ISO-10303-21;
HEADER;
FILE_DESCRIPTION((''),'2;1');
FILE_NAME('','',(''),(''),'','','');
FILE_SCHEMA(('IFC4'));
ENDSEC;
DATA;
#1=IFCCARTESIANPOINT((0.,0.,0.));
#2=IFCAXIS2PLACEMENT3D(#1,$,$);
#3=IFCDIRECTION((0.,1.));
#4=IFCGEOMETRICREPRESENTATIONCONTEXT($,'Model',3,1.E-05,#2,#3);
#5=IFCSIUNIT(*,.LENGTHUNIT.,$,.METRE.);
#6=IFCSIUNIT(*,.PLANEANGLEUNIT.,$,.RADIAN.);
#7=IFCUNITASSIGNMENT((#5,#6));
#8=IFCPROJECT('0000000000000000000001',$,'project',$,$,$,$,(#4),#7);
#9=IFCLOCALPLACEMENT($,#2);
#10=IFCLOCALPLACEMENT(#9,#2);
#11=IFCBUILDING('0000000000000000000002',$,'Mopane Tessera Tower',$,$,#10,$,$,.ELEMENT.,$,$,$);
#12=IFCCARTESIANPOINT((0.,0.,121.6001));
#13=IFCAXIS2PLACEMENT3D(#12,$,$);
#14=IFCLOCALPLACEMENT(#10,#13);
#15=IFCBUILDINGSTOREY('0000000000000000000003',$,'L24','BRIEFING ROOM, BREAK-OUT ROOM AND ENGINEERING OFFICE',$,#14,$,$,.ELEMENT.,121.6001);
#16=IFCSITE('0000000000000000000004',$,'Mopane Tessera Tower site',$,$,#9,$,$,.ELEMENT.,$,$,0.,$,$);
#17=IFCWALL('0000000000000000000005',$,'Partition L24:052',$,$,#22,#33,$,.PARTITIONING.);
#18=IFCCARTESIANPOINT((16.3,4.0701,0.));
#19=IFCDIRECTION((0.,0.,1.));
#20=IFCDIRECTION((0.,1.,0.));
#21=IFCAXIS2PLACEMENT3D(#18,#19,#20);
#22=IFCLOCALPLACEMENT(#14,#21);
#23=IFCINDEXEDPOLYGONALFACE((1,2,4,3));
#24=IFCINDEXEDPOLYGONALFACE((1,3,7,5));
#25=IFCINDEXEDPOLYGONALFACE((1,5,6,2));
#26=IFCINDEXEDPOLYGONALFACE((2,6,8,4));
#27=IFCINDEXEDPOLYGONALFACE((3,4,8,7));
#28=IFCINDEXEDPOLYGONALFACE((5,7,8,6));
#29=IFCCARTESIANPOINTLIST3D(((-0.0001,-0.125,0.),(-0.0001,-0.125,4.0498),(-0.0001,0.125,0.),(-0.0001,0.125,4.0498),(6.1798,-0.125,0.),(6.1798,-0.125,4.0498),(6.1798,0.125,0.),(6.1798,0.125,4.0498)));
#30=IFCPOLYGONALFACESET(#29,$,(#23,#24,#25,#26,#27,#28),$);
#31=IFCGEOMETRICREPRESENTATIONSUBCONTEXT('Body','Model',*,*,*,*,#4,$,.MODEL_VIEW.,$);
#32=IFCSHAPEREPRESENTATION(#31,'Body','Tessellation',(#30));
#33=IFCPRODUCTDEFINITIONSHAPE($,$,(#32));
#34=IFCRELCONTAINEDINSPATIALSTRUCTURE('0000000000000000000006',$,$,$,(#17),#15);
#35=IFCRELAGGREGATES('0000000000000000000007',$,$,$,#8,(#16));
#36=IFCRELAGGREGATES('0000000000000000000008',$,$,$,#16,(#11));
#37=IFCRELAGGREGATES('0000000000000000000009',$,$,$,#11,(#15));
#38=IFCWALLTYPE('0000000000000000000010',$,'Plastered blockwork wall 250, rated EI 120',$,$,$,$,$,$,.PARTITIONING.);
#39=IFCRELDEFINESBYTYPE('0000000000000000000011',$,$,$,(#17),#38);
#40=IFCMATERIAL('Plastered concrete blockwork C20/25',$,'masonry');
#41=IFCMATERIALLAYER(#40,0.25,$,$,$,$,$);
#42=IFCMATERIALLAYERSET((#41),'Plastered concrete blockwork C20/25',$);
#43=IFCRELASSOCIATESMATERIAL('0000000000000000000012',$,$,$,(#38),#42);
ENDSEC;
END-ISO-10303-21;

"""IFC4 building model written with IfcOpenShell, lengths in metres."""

from ifc_helpers import new_model, si_unit, direction, frame, frame_2d, origin, place, context, subcontext, project, spatial, rectangle, extrude, material, layer, layer_set, type_object, element, save


model = new_model("IFC4")

# Units and contexts
model_context = context("Model", 3, precision=1e-05, world=origin(), true_north=direction((0.0, 1.0)))
body_context = subcontext(model_context, "Body", "Model", "MODEL_VIEW")
ifc_project = project(units=[si_unit("LENGTHUNIT", "METRE"), si_unit("PLANEANGLEUNIT", "RADIAN")], contexts=[model_context])

# Site, building, storey
site_placement = place(None, origin())
site = spatial("IfcSite", under=ifc_project, at=site_placement, Name="Mopane Tessera Tower site", CompositionType="ELEMENT", RefElevation=0.0)
building_placement = place(site_placement, origin())
building = spatial("IfcBuilding", under=site, at=building_placement, Name="Mopane Tessera Tower", CompositionType="ELEMENT")
storey_placement = place(building_placement, frame((0.0, 0.0, 121.6001)))
storey = spatial("IfcBuildingStorey", under=building, at=storey_placement, Name="L24", Description="BRIEFING ROOM, BREAK-OUT ROOM AND ENGINEERING OFFICE", CompositionType="ELEMENT", Elevation=121.6001)

# Shared definitions
ifc_material_1 = material(Name="Plastered concrete blockwork C20/25", Category="masonry")
ifc_layer_1 = layer(ifc_material_1, 0.25)
ifc_layer_set_1 = layer_set([ifc_layer_1], Name="Plastered concrete blockwork C20/25")
wall_type_1 = type_object("IfcWallType", Name="Plastered blockwork wall 250, rated EI 120", PredefinedType="PARTITIONING", material=ifc_layer_set_1)

# Wall
wall_1_placement = place(storey_placement, frame((16.3, 4.0701, 0.0), z_axis=(0.0, 0.0, 1.0), x_axis=(0.0, 1.0, 0.0)))
element("IfcWall", 1, at=wall_1_placement, inside=storey, type_object=wall_type_1, Name="Partition L24:052", PredefinedType="PARTITIONING", context=body_context, shape_type="SweptSolid", body=[
    extrude(rectangle(XDim=6.1799, YDim=0.25, at=frame_2d((3.0898, 0.0))), origin(), (0.0, 0.0, 1.0), 4.0498),
])

save(model, "model.ifc")
